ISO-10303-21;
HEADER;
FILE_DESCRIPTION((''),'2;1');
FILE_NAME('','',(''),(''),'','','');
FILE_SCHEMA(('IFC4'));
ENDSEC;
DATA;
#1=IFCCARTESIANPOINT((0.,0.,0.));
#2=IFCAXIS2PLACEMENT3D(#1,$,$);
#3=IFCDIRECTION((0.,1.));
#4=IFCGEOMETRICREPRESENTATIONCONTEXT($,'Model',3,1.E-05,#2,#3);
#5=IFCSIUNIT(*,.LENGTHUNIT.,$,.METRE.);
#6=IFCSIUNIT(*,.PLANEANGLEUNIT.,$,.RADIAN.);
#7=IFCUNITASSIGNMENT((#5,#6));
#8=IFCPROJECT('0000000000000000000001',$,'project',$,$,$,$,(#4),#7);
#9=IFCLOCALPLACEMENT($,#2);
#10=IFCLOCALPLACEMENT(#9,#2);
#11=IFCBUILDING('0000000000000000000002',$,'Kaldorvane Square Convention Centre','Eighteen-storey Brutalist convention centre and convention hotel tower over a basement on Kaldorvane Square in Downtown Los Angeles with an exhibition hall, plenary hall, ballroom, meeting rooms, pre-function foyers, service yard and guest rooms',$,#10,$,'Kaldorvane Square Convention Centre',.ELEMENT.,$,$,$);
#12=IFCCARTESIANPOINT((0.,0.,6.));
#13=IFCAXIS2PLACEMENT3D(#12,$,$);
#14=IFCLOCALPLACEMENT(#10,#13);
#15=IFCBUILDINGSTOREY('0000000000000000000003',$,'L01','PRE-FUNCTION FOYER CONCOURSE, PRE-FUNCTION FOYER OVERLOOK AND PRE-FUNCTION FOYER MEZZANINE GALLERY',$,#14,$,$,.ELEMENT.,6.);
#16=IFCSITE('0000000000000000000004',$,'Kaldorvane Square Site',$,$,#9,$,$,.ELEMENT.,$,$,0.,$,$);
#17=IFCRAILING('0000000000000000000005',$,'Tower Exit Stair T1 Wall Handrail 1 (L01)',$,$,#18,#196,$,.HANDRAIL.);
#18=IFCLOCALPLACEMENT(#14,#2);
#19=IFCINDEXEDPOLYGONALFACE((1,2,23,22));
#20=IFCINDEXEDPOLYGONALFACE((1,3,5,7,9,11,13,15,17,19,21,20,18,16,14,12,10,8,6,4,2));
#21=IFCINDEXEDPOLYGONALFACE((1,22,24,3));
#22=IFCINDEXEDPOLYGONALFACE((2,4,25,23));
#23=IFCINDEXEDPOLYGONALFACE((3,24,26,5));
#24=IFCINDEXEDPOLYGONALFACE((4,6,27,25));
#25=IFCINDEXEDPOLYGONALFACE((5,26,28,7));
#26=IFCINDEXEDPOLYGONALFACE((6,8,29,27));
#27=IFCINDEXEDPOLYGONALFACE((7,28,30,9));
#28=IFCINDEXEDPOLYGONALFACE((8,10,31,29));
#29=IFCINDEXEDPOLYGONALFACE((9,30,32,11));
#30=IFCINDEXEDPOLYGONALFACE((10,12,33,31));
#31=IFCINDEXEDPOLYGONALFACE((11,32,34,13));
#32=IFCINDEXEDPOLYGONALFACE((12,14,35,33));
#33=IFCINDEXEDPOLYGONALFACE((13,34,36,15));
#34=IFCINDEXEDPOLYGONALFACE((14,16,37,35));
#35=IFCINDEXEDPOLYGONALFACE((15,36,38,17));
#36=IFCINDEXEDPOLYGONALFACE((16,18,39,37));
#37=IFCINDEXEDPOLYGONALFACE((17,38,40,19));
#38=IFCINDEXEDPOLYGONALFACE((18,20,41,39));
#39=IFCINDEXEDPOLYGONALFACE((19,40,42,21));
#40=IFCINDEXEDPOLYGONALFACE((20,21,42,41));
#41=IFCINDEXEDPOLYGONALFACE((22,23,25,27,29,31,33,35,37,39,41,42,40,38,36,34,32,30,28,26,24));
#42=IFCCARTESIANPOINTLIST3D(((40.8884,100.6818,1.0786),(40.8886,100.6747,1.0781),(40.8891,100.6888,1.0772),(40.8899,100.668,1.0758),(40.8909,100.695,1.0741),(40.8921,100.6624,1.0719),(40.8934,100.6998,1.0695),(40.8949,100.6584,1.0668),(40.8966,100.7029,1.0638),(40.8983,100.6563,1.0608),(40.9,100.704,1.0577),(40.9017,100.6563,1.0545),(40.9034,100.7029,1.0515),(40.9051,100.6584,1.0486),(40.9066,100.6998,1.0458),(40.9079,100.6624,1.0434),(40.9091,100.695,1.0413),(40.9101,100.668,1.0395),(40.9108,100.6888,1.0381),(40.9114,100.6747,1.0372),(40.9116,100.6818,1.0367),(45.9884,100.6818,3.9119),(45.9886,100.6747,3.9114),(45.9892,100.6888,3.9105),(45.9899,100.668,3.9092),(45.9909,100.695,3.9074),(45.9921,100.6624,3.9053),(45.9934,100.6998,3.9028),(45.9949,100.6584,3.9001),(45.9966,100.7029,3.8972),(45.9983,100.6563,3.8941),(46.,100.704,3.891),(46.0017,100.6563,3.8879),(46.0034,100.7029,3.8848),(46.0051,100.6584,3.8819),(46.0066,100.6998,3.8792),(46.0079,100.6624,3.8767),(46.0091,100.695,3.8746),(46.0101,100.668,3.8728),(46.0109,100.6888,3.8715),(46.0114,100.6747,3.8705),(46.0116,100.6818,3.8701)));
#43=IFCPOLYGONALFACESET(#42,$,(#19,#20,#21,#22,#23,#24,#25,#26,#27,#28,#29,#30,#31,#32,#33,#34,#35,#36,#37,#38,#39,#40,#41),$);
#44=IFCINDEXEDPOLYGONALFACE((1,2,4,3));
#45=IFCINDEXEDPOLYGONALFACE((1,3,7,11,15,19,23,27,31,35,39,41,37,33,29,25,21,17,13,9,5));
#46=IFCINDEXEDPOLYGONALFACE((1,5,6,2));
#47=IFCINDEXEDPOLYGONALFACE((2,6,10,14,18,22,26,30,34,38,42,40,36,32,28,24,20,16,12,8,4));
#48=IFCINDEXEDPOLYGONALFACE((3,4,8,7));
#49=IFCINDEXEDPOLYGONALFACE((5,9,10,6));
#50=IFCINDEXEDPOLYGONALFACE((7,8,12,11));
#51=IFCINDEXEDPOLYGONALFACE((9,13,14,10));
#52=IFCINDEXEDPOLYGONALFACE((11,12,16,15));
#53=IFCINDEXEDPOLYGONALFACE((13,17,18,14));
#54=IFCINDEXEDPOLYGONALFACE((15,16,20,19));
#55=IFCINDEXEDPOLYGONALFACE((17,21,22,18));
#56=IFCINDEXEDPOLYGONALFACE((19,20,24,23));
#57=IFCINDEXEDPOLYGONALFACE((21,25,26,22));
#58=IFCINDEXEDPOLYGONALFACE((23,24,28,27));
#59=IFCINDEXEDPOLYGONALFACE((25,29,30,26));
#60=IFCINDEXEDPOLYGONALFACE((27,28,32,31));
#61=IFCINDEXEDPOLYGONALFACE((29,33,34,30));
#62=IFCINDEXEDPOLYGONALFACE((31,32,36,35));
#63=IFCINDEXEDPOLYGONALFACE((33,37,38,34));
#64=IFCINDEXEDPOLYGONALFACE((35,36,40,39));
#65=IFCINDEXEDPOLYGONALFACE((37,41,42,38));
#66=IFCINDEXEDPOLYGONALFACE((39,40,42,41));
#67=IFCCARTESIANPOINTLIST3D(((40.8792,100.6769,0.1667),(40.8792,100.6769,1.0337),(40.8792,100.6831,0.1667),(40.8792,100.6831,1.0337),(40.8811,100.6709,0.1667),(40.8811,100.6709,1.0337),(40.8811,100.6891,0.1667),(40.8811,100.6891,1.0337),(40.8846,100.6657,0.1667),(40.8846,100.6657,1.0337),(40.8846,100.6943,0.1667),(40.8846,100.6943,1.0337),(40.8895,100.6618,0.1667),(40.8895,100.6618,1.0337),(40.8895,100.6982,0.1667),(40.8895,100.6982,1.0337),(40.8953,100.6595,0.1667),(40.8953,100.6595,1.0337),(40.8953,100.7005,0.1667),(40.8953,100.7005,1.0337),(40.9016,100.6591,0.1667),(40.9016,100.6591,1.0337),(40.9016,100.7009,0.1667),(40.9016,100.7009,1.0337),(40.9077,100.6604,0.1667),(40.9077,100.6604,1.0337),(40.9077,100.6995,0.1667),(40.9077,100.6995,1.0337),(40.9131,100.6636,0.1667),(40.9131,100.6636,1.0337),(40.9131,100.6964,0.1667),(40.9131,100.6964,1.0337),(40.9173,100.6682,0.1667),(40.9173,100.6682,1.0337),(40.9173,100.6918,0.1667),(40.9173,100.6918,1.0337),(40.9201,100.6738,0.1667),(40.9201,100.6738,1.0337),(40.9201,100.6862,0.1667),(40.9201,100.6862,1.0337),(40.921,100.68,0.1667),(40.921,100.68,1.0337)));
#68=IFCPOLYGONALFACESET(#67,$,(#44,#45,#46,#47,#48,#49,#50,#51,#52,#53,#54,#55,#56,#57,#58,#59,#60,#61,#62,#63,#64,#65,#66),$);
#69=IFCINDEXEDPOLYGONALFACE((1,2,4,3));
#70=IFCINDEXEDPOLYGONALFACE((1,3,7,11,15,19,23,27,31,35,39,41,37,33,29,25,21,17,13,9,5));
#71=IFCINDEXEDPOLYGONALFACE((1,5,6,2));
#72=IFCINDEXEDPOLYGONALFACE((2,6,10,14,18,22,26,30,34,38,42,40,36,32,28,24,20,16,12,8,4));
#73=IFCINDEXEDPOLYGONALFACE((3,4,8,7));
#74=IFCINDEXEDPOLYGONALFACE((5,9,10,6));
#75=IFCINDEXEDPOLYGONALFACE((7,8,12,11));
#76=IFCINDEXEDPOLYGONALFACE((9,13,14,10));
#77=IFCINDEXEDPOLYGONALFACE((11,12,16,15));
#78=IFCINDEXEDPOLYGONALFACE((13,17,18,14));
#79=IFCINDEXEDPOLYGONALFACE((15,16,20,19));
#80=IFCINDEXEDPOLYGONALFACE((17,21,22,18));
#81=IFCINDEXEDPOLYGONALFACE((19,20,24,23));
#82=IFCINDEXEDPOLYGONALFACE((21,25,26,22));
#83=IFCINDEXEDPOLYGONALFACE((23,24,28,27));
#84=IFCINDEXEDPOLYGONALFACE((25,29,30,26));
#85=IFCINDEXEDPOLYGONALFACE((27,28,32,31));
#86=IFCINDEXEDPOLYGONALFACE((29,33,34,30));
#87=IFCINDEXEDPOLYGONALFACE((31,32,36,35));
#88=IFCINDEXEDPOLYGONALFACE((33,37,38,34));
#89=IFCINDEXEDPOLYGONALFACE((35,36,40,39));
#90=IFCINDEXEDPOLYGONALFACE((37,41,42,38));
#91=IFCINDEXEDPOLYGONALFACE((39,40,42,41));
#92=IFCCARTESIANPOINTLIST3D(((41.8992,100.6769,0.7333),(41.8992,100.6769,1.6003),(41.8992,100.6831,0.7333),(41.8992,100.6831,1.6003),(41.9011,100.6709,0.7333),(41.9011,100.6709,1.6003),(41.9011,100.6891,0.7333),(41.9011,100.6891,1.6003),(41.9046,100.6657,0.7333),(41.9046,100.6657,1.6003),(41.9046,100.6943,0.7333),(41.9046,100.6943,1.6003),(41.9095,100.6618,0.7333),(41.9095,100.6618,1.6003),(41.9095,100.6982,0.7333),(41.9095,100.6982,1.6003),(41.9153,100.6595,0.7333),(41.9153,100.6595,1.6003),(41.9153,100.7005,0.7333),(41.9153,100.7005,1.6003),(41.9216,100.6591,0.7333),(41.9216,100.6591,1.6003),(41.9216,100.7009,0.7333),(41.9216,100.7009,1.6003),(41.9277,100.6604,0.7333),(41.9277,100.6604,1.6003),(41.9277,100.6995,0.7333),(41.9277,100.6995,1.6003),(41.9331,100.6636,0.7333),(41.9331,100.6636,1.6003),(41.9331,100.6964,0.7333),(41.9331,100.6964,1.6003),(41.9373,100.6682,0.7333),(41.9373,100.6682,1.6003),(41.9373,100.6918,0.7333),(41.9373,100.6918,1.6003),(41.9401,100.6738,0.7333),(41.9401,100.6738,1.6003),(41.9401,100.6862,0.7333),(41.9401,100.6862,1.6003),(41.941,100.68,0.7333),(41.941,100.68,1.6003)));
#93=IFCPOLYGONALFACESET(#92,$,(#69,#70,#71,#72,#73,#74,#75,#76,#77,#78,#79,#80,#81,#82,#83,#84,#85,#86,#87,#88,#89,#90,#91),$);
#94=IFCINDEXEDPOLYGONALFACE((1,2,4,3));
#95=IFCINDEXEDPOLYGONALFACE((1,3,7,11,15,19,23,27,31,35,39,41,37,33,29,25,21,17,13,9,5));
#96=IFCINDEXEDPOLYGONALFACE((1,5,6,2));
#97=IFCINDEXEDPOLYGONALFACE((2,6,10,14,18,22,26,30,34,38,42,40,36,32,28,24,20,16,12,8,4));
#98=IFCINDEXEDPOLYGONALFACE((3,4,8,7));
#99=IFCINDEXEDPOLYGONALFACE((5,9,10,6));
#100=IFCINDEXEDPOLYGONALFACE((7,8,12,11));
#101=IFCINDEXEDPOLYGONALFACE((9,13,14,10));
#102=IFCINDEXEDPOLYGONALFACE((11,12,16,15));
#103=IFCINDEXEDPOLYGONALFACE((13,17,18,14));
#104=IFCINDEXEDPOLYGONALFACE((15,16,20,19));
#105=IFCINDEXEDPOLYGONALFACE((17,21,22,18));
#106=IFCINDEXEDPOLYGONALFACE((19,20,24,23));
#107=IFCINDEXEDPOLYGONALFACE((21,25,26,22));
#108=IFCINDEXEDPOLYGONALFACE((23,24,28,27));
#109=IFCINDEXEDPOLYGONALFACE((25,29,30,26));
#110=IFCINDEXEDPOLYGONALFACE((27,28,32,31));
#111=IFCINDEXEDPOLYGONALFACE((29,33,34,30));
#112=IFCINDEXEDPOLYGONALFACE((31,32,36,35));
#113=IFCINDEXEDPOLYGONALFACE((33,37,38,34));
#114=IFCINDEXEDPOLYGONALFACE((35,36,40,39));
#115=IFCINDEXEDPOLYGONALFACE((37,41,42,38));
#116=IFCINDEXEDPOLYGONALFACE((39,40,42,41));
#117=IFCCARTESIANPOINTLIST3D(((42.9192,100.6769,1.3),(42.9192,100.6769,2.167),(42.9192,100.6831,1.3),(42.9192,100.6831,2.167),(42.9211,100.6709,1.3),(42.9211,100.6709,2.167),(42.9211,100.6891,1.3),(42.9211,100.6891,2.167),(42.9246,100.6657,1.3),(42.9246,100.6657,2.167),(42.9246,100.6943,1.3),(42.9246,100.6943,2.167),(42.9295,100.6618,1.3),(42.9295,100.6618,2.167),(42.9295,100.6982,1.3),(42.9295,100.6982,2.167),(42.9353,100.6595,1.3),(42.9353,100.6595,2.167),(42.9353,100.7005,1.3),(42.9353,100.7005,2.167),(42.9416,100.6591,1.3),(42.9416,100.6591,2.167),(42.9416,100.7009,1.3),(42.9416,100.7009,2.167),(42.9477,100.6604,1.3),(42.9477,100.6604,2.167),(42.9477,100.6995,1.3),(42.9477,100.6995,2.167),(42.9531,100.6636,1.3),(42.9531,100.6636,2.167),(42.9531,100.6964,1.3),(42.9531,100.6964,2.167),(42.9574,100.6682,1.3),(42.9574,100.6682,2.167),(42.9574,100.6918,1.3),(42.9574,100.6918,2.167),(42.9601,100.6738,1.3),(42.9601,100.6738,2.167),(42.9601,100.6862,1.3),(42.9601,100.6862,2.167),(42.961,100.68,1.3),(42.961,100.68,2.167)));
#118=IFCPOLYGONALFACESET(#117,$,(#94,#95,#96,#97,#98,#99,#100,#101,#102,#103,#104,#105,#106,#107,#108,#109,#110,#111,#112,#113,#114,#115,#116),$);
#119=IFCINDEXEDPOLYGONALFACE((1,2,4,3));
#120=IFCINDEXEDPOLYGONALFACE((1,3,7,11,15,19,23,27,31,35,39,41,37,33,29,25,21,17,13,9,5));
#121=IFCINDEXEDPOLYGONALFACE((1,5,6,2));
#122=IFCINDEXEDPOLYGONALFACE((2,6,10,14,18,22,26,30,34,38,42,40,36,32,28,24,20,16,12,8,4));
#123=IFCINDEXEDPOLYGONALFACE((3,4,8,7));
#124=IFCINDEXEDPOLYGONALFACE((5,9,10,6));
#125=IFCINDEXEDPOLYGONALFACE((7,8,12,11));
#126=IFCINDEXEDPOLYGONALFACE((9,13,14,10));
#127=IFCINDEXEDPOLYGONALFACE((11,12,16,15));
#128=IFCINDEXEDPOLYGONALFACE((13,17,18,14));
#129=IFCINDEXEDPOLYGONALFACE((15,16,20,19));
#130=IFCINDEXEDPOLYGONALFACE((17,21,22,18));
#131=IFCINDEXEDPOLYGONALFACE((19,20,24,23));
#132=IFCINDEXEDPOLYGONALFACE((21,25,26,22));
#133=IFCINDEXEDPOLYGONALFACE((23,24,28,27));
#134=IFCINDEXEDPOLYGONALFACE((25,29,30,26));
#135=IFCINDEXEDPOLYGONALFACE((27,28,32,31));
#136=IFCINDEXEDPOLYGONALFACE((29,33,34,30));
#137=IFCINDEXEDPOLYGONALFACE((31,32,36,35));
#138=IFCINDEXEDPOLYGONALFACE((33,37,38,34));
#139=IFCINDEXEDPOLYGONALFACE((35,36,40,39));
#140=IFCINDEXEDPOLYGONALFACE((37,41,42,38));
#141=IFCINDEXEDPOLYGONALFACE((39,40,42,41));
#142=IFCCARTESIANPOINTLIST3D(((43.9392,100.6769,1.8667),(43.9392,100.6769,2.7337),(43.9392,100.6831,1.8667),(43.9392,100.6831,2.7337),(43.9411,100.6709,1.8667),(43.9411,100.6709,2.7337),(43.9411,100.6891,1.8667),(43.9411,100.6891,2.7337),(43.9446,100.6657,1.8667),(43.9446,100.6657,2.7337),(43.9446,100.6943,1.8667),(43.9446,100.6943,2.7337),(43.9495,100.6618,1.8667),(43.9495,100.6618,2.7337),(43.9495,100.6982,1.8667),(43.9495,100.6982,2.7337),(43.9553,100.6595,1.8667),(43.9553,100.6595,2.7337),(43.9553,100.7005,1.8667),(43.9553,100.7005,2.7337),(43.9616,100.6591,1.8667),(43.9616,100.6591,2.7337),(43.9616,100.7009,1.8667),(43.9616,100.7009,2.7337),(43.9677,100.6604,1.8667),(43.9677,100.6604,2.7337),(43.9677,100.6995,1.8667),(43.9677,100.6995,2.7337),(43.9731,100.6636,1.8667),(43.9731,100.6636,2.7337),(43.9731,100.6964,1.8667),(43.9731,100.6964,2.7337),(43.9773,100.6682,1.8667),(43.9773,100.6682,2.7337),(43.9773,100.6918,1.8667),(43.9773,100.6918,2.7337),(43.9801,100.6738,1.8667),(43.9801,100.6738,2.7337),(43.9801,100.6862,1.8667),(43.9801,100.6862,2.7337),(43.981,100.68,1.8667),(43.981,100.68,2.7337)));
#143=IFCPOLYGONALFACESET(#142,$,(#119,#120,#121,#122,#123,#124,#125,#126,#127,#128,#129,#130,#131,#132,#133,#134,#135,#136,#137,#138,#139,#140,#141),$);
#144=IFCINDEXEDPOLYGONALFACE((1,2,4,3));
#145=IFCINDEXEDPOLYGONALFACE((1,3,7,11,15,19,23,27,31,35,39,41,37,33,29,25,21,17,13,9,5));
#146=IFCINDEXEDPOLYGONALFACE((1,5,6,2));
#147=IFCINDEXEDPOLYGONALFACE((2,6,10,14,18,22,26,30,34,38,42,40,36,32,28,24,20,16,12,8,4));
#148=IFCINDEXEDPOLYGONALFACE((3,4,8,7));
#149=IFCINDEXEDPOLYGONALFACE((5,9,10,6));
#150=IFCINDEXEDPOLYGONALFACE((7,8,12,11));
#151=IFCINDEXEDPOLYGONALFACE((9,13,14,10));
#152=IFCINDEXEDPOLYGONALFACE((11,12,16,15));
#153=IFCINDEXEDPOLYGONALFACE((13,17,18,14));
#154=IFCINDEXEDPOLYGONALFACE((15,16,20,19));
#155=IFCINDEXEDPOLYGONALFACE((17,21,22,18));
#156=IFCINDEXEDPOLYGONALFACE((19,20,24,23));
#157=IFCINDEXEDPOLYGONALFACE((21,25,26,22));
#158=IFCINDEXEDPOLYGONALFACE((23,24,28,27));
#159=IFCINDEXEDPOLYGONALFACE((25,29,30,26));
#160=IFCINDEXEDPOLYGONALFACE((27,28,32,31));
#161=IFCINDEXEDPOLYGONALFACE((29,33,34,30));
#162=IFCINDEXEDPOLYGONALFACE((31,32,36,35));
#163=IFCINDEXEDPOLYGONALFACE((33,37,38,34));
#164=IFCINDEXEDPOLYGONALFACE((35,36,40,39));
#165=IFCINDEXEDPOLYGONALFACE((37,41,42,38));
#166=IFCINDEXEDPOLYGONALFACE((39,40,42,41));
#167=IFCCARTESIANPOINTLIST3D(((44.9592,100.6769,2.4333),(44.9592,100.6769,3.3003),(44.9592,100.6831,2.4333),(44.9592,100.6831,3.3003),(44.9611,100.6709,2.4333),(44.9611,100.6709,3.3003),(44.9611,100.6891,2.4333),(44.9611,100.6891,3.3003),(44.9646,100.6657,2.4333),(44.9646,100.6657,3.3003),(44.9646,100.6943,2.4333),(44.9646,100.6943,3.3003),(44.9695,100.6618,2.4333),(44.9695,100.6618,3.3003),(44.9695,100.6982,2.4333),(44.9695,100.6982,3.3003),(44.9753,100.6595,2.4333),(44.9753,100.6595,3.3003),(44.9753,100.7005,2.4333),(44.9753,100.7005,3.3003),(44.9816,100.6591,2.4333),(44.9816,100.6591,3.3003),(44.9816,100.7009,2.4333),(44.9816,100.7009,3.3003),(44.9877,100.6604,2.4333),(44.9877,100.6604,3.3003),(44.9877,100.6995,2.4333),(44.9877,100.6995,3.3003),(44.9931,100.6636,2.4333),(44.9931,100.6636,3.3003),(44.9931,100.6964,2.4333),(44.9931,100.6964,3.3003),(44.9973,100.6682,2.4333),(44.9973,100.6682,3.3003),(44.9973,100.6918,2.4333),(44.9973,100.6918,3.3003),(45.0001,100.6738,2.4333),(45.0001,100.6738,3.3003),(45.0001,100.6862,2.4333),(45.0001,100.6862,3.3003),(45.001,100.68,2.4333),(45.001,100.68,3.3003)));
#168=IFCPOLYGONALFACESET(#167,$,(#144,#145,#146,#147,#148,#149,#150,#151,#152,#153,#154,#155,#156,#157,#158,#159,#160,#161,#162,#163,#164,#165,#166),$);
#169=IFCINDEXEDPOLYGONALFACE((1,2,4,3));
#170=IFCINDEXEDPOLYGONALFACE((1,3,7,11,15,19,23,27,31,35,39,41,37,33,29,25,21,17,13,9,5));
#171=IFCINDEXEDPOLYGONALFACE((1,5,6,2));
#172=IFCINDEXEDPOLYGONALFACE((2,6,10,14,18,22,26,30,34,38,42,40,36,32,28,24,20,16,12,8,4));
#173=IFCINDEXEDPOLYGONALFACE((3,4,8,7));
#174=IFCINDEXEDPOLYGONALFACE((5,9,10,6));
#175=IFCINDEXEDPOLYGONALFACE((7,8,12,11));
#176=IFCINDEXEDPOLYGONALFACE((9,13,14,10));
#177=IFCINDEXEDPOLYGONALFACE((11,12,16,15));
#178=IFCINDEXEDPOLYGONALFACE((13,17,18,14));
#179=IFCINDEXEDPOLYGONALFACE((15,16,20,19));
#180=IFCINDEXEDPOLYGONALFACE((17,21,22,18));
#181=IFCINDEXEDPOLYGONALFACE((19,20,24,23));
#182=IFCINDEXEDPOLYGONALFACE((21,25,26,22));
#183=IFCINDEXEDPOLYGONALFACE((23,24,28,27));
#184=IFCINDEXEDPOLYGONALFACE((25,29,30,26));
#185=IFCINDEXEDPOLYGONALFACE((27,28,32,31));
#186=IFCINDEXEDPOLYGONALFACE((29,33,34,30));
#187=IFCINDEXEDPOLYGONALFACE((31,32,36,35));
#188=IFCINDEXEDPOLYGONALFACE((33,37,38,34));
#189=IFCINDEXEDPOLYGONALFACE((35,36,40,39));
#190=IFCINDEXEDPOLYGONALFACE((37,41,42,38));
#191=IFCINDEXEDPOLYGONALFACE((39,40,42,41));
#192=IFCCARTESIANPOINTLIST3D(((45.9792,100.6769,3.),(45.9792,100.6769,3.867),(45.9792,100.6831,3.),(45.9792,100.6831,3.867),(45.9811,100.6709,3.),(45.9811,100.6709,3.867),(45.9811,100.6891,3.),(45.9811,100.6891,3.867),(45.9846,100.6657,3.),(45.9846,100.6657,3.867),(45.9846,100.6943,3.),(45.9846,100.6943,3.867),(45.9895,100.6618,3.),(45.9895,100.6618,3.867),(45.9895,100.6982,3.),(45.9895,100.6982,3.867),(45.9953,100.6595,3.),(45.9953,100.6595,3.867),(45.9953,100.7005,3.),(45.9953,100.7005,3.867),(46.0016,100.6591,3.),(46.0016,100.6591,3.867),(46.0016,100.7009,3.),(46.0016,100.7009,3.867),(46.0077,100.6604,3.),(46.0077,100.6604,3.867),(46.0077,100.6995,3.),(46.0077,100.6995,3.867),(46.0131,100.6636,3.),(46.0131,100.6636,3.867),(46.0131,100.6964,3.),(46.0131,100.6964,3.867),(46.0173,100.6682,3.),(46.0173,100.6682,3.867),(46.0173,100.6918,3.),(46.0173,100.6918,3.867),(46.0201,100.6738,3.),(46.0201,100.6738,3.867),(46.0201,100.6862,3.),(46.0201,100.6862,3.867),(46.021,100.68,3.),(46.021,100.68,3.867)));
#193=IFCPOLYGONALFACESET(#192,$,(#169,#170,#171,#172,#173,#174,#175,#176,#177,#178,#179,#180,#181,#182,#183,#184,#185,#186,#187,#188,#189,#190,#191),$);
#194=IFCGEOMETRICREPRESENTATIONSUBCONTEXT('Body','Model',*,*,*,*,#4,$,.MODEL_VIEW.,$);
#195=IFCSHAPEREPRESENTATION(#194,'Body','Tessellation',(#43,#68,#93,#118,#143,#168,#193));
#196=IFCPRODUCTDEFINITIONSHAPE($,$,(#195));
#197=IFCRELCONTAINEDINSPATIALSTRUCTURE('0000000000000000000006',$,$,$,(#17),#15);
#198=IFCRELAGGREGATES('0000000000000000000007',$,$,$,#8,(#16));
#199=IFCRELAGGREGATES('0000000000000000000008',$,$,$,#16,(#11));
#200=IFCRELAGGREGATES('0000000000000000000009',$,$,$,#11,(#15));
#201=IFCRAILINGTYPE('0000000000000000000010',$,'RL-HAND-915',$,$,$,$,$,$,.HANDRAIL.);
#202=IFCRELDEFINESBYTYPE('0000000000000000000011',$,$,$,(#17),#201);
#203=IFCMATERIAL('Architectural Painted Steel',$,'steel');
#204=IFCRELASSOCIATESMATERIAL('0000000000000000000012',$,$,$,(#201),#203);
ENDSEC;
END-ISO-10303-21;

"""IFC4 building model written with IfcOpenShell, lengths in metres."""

from ifc_helpers import new_model, si_unit, direction, frame, origin, origin_2d, place, context, subcontext, project, spatial, circle, extrude, material, type_object, element, save


model = new_model("IFC4")

# Units and contexts
model_context = context("Model", 3, precision=1e-05, world=origin(), true_north=direction((0.0, 1.0)))
body_context = subcontext(model_context, "Body", "Model", "MODEL_VIEW")
ifc_project = project(units=[si_unit("LENGTHUNIT", "METRE"), si_unit("PLANEANGLEUNIT", "RADIAN")], contexts=[model_context])

# Site, building, storey
site_placement = place(None, origin())
site = spatial("IfcSite", under=ifc_project, at=site_placement, Name="Kaldorvane Square Site", CompositionType="ELEMENT", RefElevation=0.0)
building_placement = place(site_placement, origin())
building = spatial("IfcBuilding", under=site, at=building_placement, Name="Kaldorvane Square Convention Centre", Description="Eighteen-storey Brutalist convention centre and convention hotel tower over a basement on Kaldorvane Square in Downtown Los Angeles with an exhibition hall, plenary hall, ballroom, meeting rooms, pre-function foyers, service yard and guest rooms", LongName="Kaldorvane Square Convention Centre", CompositionType="ELEMENT")
storey_placement = place(building_placement, frame((0.0, 0.0, 6.0)))
storey = spatial("IfcBuildingStorey", under=building, at=storey_placement, Name="L01", Description="PRE-FUNCTION FOYER CONCOURSE, PRE-FUNCTION FOYER OVERLOOK AND PRE-FUNCTION FOYER MEZZANINE GALLERY", CompositionType="ELEMENT", Elevation=6.0)

# Railing
ifc_material_1 = material(Name="Architectural Painted Steel", Category="steel")
railing_type_1 = type_object("IfcRailingType", Name="RL-HAND-915", PredefinedType="HANDRAIL", material=ifc_material_1)
railing_1_placement = place(storey_placement, frame((40.9, 100.68, 0.1667)))
element("IfcRailing", 1, at=railing_1_placement, inside=storey, type_object=railing_type_1, Name="Tower Exit Stair T1 Wall Handrail 1 (L01)", PredefinedType="HANDRAIL", context=body_context, shape_type="SweptSolid", body=[
    extrude(circle(Radius=0.024, at=origin_2d()), frame((0.0, 0.0, 0.891), z_axis=(0.874158, 0.0, 0.485642), x_axis=(0.0, 1.0, 0.0)), (0.0, 0.0, 1.0), 5.8342),
    extrude(circle(Radius=0.021, at=origin_2d()), origin(), (0.0, 0.0, 1.0), 0.867),
    extrude(circle(Radius=0.021, at=origin_2d()), frame((1.02, 0.0, 0.5667)), (0.0, 0.0, 1.0), 0.867),
    extrude(circle(Radius=0.021, at=origin_2d()), frame((2.04, 0.0, 1.1333)), (0.0, 0.0, 1.0), 0.867),
    extrude(circle(Radius=0.021, at=origin_2d()), frame((3.06, 0.0, 1.7)), (0.0, 0.0, 1.0), 0.867),
    extrude(circle(Radius=0.021, at=origin_2d()), frame((4.08, 0.0, 2.2667)), (0.0, 0.0, 1.0), 0.867),
    extrude(circle(Radius=0.021, at=origin_2d()), frame((5.1, 0.0, 2.8333)), (0.0, 0.0, 1.0), 0.867),
])

save(model, "model.ifc")
